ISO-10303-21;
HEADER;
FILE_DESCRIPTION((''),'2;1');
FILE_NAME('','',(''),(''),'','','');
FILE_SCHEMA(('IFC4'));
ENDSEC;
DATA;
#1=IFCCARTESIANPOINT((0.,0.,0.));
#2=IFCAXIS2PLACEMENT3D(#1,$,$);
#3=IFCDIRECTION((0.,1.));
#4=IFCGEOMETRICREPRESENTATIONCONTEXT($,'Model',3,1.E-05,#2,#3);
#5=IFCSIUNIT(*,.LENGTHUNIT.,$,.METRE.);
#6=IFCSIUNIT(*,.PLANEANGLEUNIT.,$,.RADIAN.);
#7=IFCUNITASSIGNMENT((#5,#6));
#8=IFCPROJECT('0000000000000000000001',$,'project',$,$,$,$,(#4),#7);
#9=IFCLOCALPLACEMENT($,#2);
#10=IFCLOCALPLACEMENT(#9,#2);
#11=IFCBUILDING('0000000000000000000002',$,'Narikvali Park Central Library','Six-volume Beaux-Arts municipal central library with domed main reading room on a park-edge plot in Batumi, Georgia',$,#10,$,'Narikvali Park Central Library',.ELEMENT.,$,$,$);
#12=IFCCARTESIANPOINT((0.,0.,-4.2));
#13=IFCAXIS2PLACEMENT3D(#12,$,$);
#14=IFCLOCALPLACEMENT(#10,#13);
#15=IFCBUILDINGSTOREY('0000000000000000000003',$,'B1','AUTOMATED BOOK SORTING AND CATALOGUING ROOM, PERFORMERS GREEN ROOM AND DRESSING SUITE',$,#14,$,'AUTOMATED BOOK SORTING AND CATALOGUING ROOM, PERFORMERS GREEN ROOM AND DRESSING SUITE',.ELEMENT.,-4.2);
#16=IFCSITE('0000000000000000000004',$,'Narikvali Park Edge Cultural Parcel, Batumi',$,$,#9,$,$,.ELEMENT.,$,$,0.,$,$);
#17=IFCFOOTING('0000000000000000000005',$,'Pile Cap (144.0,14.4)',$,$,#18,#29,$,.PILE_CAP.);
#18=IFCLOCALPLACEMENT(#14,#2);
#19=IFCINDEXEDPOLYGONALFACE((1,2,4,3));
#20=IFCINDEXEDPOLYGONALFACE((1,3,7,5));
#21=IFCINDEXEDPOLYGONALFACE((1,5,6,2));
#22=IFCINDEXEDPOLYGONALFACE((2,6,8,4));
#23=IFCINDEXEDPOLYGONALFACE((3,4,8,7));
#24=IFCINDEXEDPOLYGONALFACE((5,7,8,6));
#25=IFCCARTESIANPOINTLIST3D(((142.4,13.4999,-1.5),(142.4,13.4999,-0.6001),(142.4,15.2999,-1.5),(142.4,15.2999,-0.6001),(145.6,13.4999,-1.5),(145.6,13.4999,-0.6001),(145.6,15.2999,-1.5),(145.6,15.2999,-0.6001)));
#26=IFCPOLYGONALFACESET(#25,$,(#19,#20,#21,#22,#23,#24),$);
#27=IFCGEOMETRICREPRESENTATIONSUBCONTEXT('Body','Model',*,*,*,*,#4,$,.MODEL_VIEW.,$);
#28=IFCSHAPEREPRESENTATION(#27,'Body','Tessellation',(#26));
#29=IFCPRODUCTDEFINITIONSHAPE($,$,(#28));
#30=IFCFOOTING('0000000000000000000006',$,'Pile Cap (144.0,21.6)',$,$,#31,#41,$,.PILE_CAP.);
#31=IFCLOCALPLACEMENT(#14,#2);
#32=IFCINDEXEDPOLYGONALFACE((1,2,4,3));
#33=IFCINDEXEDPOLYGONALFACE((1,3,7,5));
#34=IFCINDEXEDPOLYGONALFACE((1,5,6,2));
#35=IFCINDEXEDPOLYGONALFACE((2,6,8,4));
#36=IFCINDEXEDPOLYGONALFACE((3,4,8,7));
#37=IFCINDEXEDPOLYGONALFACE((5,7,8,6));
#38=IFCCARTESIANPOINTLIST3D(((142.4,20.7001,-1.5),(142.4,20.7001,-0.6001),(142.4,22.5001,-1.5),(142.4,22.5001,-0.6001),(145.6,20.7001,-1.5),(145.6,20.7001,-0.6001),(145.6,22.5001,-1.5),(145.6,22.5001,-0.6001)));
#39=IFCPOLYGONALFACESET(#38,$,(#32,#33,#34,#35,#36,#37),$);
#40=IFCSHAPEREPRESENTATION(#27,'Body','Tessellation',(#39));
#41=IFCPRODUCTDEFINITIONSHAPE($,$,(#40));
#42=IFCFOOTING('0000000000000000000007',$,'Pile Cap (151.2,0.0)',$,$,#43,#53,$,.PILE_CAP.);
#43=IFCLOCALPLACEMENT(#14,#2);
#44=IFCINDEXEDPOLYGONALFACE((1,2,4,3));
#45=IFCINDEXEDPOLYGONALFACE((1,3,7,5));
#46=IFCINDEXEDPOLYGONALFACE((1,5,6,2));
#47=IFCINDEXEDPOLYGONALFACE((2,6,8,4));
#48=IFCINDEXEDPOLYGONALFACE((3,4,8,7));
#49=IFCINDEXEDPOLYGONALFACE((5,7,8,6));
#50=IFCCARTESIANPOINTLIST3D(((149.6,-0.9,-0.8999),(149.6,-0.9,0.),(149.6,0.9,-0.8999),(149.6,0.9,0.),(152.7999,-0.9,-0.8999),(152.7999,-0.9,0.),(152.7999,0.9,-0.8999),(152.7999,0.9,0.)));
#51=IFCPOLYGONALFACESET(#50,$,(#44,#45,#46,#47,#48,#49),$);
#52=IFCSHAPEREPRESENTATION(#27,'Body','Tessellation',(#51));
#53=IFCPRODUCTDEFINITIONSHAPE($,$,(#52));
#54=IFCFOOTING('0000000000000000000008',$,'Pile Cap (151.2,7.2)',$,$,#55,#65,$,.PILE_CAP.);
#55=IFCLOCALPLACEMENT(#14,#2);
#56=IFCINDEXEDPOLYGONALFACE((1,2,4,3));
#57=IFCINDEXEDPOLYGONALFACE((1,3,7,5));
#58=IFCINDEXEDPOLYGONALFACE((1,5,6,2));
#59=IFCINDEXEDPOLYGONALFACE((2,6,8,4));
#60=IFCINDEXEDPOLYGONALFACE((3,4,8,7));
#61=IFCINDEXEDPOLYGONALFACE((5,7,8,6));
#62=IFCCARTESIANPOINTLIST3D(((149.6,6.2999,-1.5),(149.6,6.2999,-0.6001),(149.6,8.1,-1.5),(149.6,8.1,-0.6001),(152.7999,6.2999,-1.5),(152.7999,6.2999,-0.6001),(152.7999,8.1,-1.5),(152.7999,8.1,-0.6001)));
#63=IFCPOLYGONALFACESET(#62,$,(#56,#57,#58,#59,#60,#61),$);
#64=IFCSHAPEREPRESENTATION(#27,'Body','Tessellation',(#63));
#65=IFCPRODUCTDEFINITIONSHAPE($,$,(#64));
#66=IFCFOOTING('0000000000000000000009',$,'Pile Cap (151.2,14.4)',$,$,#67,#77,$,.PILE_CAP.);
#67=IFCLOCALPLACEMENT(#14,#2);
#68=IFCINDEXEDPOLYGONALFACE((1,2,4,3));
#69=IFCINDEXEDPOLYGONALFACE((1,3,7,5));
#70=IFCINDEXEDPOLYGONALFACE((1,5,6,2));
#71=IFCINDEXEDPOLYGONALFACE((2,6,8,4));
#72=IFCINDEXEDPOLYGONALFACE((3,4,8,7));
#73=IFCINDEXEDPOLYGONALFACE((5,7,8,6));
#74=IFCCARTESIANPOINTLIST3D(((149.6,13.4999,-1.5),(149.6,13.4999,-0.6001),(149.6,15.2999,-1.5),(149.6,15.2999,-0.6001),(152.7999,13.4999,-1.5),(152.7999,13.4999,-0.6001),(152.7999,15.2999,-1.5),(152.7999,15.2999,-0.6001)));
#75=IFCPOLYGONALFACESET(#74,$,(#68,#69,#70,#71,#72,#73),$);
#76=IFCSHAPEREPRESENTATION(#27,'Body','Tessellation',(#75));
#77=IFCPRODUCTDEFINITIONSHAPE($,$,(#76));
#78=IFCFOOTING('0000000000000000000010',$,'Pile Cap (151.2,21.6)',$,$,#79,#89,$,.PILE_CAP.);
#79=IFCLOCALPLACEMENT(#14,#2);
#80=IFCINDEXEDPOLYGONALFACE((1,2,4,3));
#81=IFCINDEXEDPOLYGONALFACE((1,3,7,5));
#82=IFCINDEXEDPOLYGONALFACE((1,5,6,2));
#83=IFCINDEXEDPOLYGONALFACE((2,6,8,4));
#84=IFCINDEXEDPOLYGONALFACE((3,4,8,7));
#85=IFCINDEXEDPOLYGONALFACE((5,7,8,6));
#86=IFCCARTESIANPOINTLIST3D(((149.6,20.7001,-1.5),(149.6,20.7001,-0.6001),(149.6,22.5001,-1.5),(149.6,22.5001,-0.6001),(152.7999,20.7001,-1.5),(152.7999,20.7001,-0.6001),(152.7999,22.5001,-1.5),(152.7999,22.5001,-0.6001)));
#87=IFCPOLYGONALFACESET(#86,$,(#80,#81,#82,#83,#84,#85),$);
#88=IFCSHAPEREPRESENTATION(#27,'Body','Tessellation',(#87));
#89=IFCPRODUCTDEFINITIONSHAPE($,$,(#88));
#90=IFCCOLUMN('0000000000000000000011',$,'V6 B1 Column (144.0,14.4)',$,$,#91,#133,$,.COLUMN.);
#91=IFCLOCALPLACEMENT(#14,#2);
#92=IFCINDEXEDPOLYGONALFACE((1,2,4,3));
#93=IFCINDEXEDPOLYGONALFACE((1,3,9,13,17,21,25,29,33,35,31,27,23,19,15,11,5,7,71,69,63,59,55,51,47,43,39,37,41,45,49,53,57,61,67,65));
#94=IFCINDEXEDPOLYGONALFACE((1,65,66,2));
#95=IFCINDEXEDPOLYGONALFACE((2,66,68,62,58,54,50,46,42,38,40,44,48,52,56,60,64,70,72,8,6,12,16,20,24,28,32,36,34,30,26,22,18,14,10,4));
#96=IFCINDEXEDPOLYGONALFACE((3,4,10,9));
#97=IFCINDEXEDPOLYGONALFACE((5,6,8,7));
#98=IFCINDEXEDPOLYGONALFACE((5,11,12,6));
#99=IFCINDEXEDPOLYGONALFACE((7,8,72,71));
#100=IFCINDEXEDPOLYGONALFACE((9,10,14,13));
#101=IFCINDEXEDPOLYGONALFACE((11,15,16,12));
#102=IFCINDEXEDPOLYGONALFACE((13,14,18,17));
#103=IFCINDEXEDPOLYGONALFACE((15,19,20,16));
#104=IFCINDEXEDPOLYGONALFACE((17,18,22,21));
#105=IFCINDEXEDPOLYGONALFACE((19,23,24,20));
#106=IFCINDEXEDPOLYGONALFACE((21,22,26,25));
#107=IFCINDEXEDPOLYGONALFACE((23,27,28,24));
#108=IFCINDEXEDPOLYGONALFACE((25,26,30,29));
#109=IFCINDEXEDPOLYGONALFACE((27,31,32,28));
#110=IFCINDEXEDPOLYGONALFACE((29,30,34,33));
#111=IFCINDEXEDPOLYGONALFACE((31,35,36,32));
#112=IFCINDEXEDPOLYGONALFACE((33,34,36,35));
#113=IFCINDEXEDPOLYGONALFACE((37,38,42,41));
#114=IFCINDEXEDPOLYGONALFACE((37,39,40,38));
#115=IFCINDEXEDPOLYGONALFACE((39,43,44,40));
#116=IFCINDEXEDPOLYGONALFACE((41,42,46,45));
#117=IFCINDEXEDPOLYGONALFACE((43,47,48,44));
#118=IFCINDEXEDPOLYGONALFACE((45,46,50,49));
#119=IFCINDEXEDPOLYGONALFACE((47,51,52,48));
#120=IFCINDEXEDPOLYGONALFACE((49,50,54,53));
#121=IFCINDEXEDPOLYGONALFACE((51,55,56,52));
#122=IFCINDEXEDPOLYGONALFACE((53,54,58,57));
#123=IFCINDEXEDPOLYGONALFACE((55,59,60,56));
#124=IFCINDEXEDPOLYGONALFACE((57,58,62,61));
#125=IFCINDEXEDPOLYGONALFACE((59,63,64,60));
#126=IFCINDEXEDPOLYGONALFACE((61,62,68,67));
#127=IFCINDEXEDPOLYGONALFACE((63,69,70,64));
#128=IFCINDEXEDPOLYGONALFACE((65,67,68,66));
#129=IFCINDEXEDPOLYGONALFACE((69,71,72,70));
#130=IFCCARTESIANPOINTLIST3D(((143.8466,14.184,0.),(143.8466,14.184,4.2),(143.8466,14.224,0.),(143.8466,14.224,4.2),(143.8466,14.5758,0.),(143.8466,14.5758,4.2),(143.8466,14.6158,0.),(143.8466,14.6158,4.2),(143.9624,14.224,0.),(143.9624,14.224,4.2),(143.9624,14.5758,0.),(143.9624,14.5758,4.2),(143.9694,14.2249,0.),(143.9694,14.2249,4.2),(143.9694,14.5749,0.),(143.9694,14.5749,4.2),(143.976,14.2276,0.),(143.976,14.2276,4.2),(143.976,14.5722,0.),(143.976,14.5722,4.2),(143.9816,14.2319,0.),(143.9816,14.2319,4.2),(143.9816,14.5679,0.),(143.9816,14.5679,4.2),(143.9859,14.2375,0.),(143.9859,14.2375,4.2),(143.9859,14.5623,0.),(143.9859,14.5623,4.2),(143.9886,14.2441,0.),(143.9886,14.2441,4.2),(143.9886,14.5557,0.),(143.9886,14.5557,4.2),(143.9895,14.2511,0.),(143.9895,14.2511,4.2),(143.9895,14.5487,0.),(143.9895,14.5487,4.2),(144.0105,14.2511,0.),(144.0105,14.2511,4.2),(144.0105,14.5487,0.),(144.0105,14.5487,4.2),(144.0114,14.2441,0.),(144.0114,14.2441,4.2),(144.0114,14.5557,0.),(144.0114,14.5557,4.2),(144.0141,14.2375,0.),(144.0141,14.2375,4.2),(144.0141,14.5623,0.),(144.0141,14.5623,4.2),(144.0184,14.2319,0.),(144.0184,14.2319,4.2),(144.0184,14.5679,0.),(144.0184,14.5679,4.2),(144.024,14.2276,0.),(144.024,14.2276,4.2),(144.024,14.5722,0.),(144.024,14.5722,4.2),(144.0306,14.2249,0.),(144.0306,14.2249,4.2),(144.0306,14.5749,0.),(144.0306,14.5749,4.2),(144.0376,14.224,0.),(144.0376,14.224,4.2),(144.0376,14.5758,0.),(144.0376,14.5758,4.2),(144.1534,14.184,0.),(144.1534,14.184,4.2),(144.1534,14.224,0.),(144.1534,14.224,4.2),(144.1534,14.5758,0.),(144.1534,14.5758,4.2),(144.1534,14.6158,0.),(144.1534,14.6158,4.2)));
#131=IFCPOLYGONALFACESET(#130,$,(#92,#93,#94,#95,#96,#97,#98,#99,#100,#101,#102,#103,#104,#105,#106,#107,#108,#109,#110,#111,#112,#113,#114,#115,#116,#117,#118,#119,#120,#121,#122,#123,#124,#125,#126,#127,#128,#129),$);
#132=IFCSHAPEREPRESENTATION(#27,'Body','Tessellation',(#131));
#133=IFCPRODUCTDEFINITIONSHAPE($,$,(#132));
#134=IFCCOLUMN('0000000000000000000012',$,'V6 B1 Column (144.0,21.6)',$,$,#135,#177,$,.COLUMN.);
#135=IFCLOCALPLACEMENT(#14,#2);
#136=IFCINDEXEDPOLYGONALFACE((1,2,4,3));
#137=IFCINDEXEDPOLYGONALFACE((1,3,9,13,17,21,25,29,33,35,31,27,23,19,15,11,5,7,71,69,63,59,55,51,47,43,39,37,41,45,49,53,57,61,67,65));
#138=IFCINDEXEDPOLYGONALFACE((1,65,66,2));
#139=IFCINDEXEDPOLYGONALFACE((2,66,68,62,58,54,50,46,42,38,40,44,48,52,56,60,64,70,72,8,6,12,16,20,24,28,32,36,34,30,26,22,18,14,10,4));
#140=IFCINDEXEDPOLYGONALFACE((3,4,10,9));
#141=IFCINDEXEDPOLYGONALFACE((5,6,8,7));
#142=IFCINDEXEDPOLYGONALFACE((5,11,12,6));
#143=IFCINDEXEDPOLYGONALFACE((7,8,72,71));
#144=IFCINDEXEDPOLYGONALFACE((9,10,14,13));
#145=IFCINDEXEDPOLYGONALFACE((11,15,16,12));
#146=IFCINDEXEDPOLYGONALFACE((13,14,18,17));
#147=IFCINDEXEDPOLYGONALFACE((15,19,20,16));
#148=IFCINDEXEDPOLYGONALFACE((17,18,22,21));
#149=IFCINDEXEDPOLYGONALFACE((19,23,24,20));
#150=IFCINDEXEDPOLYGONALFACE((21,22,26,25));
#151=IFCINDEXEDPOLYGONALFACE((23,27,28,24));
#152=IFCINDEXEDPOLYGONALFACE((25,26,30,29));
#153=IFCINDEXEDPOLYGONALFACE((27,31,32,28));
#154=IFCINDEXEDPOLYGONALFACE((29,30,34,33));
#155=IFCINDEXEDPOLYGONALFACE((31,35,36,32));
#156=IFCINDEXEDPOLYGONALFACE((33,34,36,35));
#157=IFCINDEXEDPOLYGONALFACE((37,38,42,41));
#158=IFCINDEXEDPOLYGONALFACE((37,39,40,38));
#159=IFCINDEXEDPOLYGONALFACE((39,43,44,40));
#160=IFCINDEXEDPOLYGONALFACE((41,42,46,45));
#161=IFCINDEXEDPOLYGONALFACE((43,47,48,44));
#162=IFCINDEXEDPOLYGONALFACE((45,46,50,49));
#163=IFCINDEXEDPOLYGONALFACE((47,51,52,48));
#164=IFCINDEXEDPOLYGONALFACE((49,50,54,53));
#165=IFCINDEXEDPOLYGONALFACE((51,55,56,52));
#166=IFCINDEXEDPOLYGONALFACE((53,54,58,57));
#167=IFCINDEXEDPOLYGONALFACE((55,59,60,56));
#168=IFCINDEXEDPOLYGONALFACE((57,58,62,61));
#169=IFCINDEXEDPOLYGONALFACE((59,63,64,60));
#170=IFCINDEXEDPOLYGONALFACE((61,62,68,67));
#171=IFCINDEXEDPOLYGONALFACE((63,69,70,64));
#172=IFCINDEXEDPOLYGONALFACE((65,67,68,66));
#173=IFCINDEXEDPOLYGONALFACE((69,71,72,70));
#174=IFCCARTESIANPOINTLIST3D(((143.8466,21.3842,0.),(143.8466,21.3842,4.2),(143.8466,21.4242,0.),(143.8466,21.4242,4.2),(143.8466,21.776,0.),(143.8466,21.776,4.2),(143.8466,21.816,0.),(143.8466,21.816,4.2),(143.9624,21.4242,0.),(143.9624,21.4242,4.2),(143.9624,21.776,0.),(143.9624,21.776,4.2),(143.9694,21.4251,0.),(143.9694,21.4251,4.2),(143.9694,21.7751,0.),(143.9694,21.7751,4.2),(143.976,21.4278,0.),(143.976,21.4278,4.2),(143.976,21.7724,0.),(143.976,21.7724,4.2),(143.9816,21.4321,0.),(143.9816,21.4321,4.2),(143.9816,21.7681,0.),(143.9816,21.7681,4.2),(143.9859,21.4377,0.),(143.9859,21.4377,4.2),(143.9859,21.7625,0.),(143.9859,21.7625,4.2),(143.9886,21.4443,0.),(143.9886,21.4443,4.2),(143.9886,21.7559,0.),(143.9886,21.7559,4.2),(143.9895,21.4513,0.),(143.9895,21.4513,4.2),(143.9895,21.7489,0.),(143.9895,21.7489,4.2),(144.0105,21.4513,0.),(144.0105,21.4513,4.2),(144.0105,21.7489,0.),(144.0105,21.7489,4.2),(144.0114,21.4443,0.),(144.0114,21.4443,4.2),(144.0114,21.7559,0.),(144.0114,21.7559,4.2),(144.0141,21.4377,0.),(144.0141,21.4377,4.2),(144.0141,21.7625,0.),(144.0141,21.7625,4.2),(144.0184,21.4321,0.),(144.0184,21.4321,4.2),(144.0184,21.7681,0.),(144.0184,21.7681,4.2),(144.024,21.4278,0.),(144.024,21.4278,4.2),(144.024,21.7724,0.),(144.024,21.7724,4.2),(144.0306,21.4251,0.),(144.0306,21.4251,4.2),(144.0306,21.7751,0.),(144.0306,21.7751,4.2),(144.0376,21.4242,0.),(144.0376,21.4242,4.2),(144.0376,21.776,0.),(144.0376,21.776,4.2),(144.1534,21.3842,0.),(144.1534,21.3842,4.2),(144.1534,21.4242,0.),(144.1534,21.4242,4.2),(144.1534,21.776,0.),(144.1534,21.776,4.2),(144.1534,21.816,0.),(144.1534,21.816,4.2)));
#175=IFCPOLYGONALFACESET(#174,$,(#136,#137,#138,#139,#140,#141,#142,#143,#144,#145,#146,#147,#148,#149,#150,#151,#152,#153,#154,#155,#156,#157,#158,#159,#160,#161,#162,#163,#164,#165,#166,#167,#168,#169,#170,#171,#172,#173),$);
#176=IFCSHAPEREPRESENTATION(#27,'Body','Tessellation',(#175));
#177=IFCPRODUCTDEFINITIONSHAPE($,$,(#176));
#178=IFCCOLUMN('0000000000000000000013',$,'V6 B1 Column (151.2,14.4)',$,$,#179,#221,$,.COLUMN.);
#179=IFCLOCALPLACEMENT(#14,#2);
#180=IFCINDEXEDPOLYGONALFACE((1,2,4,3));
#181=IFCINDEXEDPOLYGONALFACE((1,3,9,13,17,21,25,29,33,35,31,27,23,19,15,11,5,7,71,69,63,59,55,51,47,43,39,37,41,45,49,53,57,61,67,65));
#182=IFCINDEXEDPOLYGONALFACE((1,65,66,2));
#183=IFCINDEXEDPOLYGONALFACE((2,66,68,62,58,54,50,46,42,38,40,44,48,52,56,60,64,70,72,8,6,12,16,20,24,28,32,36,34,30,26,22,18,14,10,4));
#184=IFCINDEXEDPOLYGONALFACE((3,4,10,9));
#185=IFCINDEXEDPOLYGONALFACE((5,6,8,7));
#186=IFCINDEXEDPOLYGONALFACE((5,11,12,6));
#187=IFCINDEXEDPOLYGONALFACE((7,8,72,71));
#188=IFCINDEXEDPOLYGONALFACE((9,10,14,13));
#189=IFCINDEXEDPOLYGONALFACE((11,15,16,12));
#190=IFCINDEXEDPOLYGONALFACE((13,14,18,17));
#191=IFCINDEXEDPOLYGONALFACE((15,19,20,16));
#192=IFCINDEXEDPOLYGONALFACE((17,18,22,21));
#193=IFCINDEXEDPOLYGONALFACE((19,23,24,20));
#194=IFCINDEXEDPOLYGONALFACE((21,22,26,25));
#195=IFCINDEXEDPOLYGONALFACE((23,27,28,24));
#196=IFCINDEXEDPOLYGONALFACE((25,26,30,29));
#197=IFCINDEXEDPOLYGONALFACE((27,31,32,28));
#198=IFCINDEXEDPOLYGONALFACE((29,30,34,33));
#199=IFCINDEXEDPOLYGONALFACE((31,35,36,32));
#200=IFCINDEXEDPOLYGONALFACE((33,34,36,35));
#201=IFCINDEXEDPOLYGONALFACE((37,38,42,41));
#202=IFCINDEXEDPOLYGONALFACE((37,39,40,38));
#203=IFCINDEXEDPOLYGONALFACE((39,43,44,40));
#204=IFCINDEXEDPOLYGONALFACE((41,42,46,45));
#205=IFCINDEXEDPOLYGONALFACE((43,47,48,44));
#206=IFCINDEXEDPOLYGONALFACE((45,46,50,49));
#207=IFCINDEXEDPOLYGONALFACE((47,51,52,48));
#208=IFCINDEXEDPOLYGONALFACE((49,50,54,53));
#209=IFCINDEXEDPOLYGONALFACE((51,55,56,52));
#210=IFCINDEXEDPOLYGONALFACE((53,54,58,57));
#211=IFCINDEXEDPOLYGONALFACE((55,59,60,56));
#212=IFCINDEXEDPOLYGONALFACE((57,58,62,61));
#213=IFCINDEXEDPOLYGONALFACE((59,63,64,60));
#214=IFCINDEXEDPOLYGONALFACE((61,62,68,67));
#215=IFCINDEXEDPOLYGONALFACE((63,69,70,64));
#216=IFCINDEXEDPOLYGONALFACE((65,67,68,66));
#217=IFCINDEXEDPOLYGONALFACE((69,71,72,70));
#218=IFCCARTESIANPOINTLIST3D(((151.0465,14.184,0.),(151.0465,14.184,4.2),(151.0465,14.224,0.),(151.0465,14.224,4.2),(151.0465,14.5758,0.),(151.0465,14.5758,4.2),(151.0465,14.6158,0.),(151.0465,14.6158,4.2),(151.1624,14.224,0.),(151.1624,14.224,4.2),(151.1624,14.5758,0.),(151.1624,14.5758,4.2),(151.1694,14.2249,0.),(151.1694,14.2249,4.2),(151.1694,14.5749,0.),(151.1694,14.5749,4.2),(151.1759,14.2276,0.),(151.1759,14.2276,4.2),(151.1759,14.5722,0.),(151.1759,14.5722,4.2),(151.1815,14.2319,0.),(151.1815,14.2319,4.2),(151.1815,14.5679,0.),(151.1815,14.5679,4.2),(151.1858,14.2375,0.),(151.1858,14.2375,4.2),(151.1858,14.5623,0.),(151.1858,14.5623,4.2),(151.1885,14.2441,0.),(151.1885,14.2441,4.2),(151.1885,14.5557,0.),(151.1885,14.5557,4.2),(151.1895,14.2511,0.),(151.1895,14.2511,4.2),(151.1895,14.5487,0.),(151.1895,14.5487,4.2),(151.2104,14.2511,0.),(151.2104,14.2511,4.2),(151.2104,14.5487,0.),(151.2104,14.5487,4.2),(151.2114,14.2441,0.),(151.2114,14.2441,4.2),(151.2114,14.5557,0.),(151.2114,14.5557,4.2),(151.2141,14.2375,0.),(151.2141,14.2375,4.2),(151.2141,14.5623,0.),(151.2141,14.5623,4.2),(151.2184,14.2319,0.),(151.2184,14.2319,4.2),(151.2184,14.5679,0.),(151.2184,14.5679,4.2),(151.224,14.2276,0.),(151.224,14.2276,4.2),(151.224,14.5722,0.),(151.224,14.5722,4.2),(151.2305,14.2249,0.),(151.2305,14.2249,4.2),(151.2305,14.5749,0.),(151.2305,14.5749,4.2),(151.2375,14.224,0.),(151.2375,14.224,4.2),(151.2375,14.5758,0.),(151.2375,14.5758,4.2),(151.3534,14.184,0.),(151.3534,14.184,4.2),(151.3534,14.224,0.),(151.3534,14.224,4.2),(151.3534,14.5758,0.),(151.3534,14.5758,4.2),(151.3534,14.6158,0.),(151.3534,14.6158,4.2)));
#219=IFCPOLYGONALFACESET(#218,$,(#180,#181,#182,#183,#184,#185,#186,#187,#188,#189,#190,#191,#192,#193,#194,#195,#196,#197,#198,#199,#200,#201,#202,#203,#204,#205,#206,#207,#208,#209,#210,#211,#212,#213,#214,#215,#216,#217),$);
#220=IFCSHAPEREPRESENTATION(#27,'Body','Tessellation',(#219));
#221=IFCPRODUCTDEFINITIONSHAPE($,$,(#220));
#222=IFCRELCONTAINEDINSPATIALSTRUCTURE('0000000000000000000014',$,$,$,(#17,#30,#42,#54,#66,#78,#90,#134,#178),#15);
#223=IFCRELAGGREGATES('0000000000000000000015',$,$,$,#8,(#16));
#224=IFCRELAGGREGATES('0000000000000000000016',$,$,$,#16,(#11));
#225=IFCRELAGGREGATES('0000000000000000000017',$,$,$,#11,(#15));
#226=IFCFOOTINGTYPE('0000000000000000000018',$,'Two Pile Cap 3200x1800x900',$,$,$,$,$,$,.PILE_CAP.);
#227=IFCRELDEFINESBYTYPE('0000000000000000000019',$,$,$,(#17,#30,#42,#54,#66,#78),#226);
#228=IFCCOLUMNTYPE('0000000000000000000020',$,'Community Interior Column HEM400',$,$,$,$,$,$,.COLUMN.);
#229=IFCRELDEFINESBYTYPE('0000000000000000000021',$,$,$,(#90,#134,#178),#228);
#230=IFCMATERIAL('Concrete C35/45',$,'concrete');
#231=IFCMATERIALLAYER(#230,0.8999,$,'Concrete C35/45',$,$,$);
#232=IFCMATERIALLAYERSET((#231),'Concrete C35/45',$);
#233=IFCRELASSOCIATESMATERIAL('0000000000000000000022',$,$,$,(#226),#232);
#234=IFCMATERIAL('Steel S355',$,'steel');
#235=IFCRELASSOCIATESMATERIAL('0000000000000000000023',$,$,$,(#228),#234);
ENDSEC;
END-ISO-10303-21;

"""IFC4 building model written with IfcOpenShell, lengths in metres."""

from ifc_helpers import new_model, si_unit, direction, frame, origin, origin_2d, place, context, subcontext, project, spatial, rectangle, i_section, extrude, material, layer, layer_set, material_profile, profile_set, type_object, element, save


model = new_model("IFC4")

# Units and contexts
model_context = context("Model", 3, precision=1e-05, world=origin(), true_north=direction((0.0, 1.0)))
body_context = subcontext(model_context, "Body", "Model", "MODEL_VIEW")
ifc_project = project(units=[si_unit("LENGTHUNIT", "METRE"), si_unit("PLANEANGLEUNIT", "RADIAN")], contexts=[model_context])

# Site, building, storey
site_placement = place(None, origin())
site = spatial("IfcSite", under=ifc_project, at=site_placement, Name="Narikvali Park Edge Cultural Parcel, Batumi", CompositionType="ELEMENT", RefElevation=0.0)
building_placement = place(site_placement, origin())
building = spatial("IfcBuilding", under=site, at=building_placement, Name="Narikvali Park Central Library", Description="Six-volume Beaux-Arts municipal central library with domed main reading room on a park-edge plot in Batumi, Georgia", LongName="Narikvali Park Central Library", CompositionType="ELEMENT")
storey_placement = place(building_placement, frame((0.0, 0.0, -4.2)))
storey = spatial("IfcBuildingStorey", under=building, at=storey_placement, Name="B1", Description="AUTOMATED BOOK SORTING AND CATALOGUING ROOM, PERFORMERS GREEN ROOM AND DRESSING SUITE", LongName="AUTOMATED BOOK SORTING AND CATALOGUING ROOM, PERFORMERS GREEN ROOM AND DRESSING SUITE", CompositionType="ELEMENT", Elevation=-4.2)

# Shared definitions
ifc_material_1 = material(Name="Concrete C35/45", Category="concrete")

# Footings
ifc_layer_1 = layer(ifc_material_1, 0.8999, Name="Concrete C35/45")
ifc_layer_set_1 = layer_set([ifc_layer_1], Name="Concrete C35/45")
footing_type_1 = type_object("IfcFootingType", Name="Two Pile Cap 3200x1800x900", PredefinedType="PILE_CAP", material=ifc_layer_set_1)
for number, where, z_axis, x_axis, name in (
    (1, (144.0, 14.3999, -1.5), (0.0, 0.0, 1.0), (1.0, 0.0, 0.0), "Pile Cap (144.0,14.4)"),
    (2, (144.0, 21.6001, -1.5), (0.0, 0.0, 1.0), (1.0, 0.0, 0.0), "Pile Cap (144.0,21.6)"),
    (3, (151.2, 0.0, -0.8999), (0.0, 0.0, 1.0), (1.0, 0.0, 0.0), "Pile Cap (151.2,0.0)"),
    (4, (151.2, 7.2, -1.5), (0.0, 0.0, 1.0), (1.0, 0.0, 0.0), "Pile Cap (151.2,7.2)"),
    (5, (151.2, 14.3999, -1.5), (0.0, 0.0, 1.0), (1.0, 0.0, 0.0), "Pile Cap (151.2,14.4)"),
    (6, (151.2, 21.6001, -1.5), (0.0, 0.0, 1.0), (1.0, 0.0, 0.0), "Pile Cap (151.2,21.6)"),
):
    element("IfcFooting", number, at=place(storey_placement, frame(where, z_axis=z_axis, x_axis=x_axis)), inside=storey, type_object=footing_type_1, Name=name, PredefinedType="PILE_CAP", context=body_context, shape_type="SweptSolid", body=[
        extrude(rectangle(XDim=3.2, YDim=1.8, at=origin_2d()), origin(), (0.0, 0.0, 1.0), 0.8999),
    ])

# Columns
ifc_material_2 = material(Name="Steel S355", Category="steel")
ifc_material_profile_1 = material_profile(ifc_material_2, i_section(OverallWidth=0.3069, OverallDepth=0.4319, WebThickness=0.021, FlangeThickness=0.04, FilletRadius=0.0271, at=origin_2d()), Name="HEM 400")
ifc_profile_set_1 = profile_set([ifc_material_profile_1], Name="Steel S355")
column_type_1 = type_object("IfcColumnType", Name="Community Interior Column HEM400", PredefinedType="COLUMN", material=ifc_profile_set_1)
for number, where, z_axis, x_axis, name in (
    (7, (144.0, 14.3999, 0.0), (0.0, 0.0, 1.0), (1.0, 0.0, 0.0), "V6 B1 Column (144.0,14.4)"),
    (8, (144.0, 21.6001, 0.0), (0.0, 0.0, 1.0), (1.0, 0.0, 0.0), "V6 B1 Column (144.0,21.6)"),
    (9, (151.2, 14.3999, 0.0), (0.0, 0.0, 1.0), (1.0, 0.0, 0.0), "V6 B1 Column (151.2,14.4)"),
):
    element("IfcColumn", number, at=place(storey_placement, frame(where, z_axis=z_axis, x_axis=x_axis)), inside=storey, type_object=column_type_1, Name=name, PredefinedType="COLUMN", context=body_context, shape_type="SweptSolid", body=[
        extrude(i_section(OverallWidth=0.3069, OverallDepth=0.4319, WebThickness=0.021, FlangeThickness=0.04, FilletRadius=0.0271, at=origin_2d()), origin(), (0.0, 0.0, 1.0), 4.2),
    ])

save(model, "model.ifc")
